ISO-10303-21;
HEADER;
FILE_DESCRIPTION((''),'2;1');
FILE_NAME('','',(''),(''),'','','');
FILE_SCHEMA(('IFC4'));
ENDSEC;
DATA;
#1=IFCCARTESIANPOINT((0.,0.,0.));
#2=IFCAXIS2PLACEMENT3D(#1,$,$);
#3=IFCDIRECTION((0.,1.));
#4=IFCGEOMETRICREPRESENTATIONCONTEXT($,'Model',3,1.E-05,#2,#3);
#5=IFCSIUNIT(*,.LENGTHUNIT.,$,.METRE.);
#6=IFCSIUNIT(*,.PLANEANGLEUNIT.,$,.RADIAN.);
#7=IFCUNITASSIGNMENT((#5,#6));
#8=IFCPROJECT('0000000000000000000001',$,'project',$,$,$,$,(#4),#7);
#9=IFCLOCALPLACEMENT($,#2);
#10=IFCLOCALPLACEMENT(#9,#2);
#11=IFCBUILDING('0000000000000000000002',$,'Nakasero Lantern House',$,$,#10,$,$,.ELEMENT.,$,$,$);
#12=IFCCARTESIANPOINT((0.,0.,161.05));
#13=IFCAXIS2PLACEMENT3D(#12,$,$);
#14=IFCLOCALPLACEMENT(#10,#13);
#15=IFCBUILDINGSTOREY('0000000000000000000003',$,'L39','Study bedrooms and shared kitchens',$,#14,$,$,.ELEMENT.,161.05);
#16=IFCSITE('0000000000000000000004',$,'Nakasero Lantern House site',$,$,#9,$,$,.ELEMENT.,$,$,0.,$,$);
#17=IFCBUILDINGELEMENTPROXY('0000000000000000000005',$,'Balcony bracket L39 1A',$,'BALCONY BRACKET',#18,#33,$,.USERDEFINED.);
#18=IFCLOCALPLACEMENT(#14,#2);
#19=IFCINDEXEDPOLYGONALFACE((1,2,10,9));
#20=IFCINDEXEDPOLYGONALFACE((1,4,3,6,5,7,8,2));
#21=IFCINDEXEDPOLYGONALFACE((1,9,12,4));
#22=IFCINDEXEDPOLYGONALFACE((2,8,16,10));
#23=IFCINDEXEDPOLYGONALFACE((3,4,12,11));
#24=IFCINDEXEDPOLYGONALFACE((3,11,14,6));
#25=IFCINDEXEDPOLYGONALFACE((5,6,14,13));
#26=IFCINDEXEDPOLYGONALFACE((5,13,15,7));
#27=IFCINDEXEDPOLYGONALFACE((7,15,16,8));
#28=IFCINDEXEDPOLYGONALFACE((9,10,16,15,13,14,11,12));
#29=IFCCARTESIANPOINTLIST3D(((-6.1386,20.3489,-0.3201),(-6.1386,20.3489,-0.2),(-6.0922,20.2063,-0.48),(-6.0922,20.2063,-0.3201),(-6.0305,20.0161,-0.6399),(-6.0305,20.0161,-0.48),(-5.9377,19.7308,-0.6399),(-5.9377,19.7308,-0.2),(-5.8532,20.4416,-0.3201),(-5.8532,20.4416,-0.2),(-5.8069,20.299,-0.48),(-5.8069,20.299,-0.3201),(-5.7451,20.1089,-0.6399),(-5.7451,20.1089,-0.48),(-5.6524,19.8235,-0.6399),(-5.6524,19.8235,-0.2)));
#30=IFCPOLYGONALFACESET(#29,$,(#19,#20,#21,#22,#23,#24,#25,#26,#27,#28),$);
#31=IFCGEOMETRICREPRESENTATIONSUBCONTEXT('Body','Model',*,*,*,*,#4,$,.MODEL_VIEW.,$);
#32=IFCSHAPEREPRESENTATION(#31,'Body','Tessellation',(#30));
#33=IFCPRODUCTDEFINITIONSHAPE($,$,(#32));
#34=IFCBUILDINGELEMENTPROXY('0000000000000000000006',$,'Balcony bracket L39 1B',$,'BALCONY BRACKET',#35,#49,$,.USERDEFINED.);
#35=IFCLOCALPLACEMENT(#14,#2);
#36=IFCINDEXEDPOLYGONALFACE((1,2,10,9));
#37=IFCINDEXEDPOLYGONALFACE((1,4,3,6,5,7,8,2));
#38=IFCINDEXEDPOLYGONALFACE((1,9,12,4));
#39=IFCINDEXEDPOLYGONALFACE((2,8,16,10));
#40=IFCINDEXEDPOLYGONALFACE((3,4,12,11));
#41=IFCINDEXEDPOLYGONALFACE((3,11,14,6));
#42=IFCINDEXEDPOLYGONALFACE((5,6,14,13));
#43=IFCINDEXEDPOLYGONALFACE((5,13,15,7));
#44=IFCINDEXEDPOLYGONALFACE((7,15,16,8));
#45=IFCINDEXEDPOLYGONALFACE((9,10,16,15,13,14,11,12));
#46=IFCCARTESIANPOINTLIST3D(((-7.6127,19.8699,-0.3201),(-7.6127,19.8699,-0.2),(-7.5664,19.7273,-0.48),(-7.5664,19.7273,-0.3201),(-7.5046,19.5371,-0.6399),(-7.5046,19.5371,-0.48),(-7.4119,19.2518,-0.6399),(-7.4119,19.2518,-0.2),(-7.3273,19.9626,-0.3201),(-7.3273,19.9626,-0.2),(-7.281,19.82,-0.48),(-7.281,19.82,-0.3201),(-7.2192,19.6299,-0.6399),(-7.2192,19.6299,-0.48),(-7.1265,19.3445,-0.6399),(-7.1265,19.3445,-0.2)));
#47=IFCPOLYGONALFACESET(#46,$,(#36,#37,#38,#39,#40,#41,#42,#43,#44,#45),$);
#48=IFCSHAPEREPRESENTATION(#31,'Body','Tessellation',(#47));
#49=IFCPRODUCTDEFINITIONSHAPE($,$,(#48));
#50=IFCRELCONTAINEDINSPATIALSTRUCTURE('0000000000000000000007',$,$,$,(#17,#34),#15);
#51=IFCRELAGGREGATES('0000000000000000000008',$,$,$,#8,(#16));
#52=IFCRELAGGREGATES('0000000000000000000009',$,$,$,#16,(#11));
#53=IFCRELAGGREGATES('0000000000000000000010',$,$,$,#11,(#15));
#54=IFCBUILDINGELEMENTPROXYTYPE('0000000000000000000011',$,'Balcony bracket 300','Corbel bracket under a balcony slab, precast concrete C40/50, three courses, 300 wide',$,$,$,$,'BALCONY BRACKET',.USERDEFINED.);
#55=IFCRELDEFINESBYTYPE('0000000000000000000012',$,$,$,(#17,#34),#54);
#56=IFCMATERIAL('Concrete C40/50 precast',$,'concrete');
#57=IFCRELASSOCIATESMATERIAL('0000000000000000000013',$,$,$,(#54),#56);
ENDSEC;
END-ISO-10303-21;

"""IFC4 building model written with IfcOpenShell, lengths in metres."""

from ifc_helpers import new_model, si_unit, direction, frame, origin, place, context, subcontext, project, spatial, polyline, outline, extrude, material, type_object, element, save


model = new_model("IFC4")

# Units and contexts
model_context = context("Model", 3, precision=1e-05, world=origin(), true_north=direction((0.0, 1.0)))
body_context = subcontext(model_context, "Body", "Model", "MODEL_VIEW")
ifc_project = project(units=[si_unit("LENGTHUNIT", "METRE"), si_unit("PLANEANGLEUNIT", "RADIAN")], contexts=[model_context])

# Site, building, storey
site_placement = place(None, origin())
site = spatial("IfcSite", under=ifc_project, at=site_placement, Name="Nakasero Lantern House site", CompositionType="ELEMENT", RefElevation=0.0)
building_placement = place(site_placement, origin())
building = spatial("IfcBuilding", under=site, at=building_placement, Name="Nakasero Lantern House", CompositionType="ELEMENT")
storey_placement = place(building_placement, frame((0.0, 0.0, 161.05)))
storey = spatial("IfcBuildingStorey", under=building, at=storey_placement, Name="L39", Description="Study bedrooms and shared kitchens", CompositionType="ELEMENT", Elevation=161.05)

# Building element proxies
ifc_material_1 = material(Name="Concrete C40/50 precast", Category="concrete")
building_element_proxy_type = type_object("IfcBuildingElementProxyType", Name="Balcony bracket 300", Description="Corbel bracket under a balcony slab, precast concrete C40/50, three courses, 300 wide", ElementType="BALCONY BRACKET", PredefinedType="USERDEFINED", material=ifc_material_1)
for number, where, z_axis, x_axis, name in (
    (1, (-5.7952, 19.7771, -0.2), (0.0, 0.0, 1.0), (-0.309017, 0.951057, 0.0), "Balcony bracket L39 1A"),
    (2, (-7.2693, 19.2981, -0.2), (0.0, 0.0, 1.0), (-0.309017, 0.951057, 0.0), "Balcony bracket L39 1B"),
):
    element("IfcBuildingElementProxy", number, at=place(storey_placement, frame(where, z_axis=z_axis, x_axis=x_axis)), inside=storey, type_object=building_element_proxy_type, Name=name, ObjectType="BALCONY BRACKET", PredefinedType="USERDEFINED", context=body_context, shape_type="SweptSolid", body=[
        extrude(outline(polyline([(0.0, 0.0), (0.6499, 0.0), (0.6499, -0.1201), (0.5, -0.1201), (0.5, -0.28), (0.3, -0.28), (0.3, -0.4399), (0.0, -0.4399), (0.0, 0.0)])), frame((0.0, 0.1499, 0.0), z_axis=(0.0, -1.0, 0.0), x_axis=(1.0, 0.0, 0.0)), (0.0, 0.0, 1.0), 0.3),
    ])

save(model, "model.ifc")
